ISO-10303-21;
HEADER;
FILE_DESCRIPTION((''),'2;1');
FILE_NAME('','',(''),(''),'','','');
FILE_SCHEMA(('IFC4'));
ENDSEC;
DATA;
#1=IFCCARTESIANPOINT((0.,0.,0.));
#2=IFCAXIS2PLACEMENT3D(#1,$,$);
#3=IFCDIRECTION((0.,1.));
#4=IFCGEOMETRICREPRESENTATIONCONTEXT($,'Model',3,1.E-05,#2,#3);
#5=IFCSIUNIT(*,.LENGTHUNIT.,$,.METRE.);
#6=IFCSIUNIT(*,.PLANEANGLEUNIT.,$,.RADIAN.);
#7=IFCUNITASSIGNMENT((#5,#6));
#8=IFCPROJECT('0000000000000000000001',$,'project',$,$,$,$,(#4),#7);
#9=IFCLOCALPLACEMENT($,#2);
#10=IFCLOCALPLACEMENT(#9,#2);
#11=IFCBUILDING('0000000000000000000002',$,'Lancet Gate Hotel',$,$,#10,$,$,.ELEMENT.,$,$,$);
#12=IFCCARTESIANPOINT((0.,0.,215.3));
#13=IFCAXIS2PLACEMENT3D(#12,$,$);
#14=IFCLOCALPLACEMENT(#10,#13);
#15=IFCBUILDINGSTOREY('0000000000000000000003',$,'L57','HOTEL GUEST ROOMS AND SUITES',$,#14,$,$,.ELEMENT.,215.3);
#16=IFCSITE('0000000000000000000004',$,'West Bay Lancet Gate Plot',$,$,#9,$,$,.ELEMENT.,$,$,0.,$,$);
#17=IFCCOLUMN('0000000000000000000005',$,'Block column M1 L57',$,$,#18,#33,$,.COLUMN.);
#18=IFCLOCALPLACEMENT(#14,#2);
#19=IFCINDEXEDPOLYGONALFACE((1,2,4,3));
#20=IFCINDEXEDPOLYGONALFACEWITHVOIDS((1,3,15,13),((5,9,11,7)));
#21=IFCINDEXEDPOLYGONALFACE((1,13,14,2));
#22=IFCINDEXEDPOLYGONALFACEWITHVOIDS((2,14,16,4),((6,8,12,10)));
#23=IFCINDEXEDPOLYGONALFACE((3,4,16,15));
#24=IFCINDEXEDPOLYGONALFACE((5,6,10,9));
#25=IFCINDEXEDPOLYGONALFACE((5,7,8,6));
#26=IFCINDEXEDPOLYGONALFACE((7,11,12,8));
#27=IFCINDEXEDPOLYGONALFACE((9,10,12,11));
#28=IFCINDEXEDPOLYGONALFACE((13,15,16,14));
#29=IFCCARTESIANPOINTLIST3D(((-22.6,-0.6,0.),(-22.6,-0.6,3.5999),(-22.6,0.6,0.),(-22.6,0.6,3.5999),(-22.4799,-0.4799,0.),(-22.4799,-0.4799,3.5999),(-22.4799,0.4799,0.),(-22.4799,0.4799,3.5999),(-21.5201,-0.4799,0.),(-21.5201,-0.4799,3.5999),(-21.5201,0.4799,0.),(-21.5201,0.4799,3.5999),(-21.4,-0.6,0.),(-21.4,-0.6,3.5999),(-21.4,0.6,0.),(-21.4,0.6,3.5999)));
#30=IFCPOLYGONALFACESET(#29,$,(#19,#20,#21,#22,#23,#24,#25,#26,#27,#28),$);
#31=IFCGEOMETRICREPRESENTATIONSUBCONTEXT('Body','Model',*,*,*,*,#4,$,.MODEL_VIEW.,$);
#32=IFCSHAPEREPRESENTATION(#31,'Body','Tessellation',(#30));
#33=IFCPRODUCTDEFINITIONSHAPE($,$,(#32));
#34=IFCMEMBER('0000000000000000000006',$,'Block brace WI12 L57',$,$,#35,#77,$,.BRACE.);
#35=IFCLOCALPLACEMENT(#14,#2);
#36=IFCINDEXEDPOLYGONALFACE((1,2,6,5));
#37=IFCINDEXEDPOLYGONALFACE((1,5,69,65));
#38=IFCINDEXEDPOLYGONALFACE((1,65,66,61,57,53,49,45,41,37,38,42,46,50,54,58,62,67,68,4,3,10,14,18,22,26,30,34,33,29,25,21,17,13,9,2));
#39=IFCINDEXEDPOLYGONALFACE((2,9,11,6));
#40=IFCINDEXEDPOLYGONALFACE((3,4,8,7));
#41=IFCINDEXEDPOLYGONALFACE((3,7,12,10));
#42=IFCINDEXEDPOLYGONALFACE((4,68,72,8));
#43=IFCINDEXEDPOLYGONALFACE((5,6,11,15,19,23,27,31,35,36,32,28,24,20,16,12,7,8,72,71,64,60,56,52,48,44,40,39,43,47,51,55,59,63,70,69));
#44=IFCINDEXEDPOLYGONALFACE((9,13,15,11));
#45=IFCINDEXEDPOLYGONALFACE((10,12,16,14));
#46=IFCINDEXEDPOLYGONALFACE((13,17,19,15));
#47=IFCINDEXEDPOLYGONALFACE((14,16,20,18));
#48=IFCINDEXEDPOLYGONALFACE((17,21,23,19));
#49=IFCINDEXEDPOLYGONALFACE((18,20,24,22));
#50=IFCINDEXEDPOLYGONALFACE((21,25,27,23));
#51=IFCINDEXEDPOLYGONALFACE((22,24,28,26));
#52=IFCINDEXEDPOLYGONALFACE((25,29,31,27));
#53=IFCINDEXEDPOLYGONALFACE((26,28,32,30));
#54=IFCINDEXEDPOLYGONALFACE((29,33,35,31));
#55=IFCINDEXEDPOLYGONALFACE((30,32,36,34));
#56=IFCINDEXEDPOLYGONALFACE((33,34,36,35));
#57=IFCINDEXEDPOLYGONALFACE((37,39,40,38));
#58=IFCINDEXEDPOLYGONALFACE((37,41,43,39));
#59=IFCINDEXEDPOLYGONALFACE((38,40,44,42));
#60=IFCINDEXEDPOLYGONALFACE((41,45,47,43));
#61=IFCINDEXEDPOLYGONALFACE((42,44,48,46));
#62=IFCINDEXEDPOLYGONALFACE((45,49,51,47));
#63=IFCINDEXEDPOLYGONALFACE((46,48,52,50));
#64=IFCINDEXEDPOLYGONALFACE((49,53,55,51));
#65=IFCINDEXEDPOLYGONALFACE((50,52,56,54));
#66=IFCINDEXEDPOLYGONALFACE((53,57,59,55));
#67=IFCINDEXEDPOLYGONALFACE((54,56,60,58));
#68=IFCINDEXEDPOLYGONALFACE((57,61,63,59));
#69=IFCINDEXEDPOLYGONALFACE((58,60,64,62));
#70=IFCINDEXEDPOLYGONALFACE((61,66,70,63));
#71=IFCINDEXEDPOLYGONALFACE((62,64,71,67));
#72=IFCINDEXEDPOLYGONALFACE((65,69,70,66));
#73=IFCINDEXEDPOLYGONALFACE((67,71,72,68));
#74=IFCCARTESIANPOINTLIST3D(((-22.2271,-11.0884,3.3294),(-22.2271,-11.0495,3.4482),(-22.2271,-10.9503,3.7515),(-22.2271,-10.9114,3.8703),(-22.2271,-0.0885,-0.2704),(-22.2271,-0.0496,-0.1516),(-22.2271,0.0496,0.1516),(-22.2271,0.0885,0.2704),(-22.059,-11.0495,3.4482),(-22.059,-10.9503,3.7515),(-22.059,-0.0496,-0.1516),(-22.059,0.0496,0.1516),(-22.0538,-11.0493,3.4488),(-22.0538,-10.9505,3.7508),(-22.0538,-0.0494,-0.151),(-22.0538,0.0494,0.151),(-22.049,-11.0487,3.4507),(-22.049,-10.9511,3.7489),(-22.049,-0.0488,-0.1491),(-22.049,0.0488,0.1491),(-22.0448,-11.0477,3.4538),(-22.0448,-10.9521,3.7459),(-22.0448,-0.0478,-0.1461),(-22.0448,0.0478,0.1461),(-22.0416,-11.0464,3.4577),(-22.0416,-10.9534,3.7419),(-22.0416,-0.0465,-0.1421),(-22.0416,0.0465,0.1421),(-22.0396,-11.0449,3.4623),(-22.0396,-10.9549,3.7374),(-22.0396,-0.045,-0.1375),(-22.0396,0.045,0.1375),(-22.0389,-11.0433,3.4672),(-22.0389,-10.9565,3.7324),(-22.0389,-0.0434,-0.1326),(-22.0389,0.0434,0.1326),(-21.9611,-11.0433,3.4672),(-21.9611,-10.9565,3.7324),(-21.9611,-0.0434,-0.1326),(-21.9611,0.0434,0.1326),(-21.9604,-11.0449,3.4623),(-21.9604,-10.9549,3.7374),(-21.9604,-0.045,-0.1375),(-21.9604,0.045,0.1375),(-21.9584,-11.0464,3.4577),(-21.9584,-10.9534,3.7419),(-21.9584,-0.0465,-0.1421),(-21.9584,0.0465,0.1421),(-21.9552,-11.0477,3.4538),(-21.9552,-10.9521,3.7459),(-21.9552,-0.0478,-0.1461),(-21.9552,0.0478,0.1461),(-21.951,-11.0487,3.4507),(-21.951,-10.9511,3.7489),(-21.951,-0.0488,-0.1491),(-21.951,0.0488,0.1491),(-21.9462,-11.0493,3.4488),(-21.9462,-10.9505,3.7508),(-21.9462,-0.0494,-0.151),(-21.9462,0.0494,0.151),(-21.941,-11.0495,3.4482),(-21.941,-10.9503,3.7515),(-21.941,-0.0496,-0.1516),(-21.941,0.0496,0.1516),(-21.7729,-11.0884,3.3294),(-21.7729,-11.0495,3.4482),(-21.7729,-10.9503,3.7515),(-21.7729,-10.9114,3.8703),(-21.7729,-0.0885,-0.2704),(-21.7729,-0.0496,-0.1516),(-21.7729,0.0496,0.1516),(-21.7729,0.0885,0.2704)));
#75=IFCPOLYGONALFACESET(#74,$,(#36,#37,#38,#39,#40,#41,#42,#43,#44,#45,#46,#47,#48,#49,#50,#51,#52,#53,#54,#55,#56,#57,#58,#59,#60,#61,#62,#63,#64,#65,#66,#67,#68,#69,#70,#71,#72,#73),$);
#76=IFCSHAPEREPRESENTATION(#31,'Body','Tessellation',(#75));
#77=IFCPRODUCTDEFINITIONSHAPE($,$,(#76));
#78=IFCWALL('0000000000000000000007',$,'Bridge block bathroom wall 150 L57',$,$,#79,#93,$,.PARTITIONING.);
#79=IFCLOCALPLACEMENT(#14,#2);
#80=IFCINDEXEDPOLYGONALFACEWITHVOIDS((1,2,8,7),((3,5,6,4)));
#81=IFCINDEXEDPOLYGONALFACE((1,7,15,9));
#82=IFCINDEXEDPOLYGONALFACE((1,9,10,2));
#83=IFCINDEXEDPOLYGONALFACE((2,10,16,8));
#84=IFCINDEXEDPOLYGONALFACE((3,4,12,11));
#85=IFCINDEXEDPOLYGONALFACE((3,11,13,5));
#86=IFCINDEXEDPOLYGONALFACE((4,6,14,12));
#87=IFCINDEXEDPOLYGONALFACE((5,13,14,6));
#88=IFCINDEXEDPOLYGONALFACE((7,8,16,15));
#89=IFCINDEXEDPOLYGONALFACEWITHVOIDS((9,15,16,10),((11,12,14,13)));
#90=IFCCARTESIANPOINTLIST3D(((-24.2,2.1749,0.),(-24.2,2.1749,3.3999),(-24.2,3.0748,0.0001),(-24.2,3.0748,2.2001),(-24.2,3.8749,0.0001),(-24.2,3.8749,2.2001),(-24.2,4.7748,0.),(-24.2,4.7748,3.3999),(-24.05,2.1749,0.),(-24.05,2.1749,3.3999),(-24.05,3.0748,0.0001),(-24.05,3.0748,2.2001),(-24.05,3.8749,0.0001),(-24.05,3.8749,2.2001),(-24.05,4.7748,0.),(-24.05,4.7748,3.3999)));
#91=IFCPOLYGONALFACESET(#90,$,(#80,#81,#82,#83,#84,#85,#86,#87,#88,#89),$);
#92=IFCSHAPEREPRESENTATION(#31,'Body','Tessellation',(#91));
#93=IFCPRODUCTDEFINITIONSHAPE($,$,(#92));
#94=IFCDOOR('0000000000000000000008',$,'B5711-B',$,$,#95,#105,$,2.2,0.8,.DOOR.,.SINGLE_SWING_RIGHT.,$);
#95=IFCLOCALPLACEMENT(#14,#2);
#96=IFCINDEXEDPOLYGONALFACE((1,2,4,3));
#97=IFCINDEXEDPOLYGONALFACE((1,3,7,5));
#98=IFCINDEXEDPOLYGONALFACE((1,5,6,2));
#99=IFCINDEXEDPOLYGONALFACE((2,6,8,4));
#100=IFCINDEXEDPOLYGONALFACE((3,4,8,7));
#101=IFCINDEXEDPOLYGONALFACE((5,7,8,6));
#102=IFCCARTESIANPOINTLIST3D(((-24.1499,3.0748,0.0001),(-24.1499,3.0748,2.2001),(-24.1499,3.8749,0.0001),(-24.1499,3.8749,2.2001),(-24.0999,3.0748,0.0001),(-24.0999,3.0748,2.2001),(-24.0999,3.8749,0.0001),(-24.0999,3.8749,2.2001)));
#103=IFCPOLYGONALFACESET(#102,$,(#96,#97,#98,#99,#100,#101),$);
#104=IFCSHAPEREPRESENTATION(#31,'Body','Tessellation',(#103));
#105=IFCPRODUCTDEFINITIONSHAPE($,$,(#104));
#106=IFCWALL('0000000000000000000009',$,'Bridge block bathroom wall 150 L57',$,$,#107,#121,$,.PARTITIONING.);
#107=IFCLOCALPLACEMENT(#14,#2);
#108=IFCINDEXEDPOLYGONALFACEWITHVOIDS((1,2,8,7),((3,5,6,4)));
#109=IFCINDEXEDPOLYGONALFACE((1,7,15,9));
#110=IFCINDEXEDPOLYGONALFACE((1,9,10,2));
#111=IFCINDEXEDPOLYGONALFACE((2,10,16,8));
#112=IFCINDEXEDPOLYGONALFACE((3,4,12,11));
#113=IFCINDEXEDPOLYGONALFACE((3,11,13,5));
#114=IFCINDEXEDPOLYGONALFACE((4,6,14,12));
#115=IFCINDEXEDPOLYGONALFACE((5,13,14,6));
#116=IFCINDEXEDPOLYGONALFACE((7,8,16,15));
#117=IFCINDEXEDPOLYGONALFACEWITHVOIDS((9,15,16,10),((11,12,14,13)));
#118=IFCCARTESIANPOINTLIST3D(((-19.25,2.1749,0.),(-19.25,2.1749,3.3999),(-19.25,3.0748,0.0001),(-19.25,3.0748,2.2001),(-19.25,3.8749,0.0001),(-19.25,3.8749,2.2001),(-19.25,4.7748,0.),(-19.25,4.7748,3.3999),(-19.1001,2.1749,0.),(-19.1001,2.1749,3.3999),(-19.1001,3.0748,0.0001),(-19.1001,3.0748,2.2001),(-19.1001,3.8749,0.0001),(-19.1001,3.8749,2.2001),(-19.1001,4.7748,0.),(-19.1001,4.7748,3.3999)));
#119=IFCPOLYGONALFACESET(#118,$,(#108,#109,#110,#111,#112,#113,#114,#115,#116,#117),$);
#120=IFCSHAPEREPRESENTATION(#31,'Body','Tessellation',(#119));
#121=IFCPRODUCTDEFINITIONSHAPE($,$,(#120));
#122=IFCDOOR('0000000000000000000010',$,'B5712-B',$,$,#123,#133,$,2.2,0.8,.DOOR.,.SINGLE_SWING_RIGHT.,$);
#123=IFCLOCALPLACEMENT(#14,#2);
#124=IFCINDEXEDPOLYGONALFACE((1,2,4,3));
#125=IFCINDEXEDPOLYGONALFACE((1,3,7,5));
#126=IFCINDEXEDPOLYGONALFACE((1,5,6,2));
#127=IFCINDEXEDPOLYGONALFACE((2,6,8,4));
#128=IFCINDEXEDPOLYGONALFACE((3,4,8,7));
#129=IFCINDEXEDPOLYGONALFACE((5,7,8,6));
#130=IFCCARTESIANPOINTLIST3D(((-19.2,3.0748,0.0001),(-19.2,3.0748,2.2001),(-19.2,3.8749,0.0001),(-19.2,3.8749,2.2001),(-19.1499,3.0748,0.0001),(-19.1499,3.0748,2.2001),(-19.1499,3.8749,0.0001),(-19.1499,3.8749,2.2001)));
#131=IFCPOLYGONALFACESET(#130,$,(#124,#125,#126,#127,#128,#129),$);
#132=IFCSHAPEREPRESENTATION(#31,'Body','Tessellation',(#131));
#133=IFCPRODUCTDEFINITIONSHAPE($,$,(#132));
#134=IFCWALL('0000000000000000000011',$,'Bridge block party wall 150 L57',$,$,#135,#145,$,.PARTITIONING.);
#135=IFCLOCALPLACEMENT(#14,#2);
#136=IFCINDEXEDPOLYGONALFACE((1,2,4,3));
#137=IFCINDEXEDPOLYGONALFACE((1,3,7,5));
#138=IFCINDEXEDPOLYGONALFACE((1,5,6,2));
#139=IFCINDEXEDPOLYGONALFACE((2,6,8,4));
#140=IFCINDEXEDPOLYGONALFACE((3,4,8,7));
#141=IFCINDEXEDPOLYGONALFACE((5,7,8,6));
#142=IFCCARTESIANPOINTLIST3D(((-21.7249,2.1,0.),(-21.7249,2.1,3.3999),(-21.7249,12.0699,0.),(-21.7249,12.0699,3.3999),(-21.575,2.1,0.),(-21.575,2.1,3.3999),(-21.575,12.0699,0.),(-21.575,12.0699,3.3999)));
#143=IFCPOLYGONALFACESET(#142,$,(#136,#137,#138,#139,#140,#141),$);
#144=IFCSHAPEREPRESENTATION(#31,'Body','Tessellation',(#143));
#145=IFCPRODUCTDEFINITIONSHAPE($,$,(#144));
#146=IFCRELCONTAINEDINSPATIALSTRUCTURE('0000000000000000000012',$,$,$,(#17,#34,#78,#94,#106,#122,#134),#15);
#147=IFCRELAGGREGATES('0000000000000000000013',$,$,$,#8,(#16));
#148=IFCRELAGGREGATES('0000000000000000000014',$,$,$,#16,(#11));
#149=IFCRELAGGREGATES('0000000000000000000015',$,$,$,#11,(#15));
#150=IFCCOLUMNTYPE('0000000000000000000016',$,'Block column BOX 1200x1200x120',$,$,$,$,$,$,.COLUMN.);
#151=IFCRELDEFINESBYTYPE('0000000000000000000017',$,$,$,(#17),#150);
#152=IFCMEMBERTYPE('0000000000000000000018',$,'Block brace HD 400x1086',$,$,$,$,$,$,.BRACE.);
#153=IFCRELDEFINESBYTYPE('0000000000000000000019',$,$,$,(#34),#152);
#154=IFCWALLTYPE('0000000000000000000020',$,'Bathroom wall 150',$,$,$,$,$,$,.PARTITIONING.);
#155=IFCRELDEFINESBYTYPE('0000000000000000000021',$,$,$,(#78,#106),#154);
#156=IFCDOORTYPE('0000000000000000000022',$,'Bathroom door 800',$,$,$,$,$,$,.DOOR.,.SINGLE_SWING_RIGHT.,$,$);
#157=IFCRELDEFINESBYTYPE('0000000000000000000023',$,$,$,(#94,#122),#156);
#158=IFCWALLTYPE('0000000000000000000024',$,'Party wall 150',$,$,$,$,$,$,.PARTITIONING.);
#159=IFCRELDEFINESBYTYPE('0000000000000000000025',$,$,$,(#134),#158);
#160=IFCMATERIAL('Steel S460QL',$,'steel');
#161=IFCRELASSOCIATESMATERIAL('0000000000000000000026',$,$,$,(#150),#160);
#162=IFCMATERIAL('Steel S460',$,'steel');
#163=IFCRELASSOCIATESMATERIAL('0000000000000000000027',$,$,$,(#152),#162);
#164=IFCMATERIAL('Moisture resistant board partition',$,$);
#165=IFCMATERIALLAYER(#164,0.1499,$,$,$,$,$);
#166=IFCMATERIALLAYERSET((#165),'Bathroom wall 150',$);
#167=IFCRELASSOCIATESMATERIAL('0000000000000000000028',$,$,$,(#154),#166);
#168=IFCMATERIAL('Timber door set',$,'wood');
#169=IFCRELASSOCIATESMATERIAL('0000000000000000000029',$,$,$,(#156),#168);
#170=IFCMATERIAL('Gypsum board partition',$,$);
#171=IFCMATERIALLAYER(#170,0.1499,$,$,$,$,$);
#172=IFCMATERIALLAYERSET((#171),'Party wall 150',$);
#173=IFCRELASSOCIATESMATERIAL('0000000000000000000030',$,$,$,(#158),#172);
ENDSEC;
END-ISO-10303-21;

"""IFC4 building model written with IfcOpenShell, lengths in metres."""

from ifc_helpers import new_model, si_unit, direction, frame, frame_2d, origin, origin_2d, place, context, subcontext, project, spatial, rectangle, hollow_rectangle, i_section, extrude, material, layer, layer_set, material_profile, profile_set, type_object, element, fill, save


model = new_model("IFC4")

# Units and contexts
model_context = context("Model", 3, precision=1e-05, world=origin(), true_north=direction((0.0, 1.0)))
body_context = subcontext(model_context, "Body", "Model", "MODEL_VIEW")
ifc_project = project(units=[si_unit("LENGTHUNIT", "METRE"), si_unit("PLANEANGLEUNIT", "RADIAN")], contexts=[model_context])

# Site, building, storey
site_placement = place(None, origin())
site = spatial("IfcSite", under=ifc_project, at=site_placement, Name="West Bay Lancet Gate Plot", CompositionType="ELEMENT", RefElevation=0.0)
building_placement = place(site_placement, origin())
building = spatial("IfcBuilding", under=site, at=building_placement, Name="Lancet Gate Hotel", CompositionType="ELEMENT")
storey_placement = place(building_placement, frame((0.0, 0.0, 215.3)))
storey = spatial("IfcBuildingStorey", under=building, at=storey_placement, Name="L57", Description="HOTEL GUEST ROOMS AND SUITES", CompositionType="ELEMENT", Elevation=215.3)

# Column
ifc_material_1 = material(Name="Steel S460QL", Category="steel")
ifc_material_profile_1 = material_profile(ifc_material_1, hollow_rectangle(XDim=1.2, YDim=1.2, WallThickness=0.1201, at=origin_2d()), Name="BOX 1200x1200x120")
ifc_profile_set_1 = profile_set([ifc_material_profile_1], Name="Steel S460QL")
column_type = type_object("IfcColumnType", Name="Block column BOX 1200x1200x120", PredefinedType="COLUMN", material=ifc_profile_set_1)
column_placement = place(storey_placement, frame((-22.0, 0.0, 0.0), z_axis=(0.0, 0.0, 1.0), x_axis=(1.0, 0.0, 0.0)))
element("IfcColumn", 1, at=column_placement, inside=storey, type_object=column_type, Name="Block column M1 L57", PredefinedType="COLUMN", context=body_context, shape_type="SweptSolid", body=[
    extrude(hollow_rectangle(XDim=1.2, YDim=1.2, WallThickness=0.1201, at=origin_2d()), origin(), (0.0, 0.0, 1.0), 3.5999),
])

# Member
ifc_material_2 = material(Name="Steel S460", Category="steel")
ifc_material_profile_2 = material_profile(ifc_material_2, i_section(OverallWidth=0.4541, OverallDepth=0.5691, WebThickness=0.0779, FlangeThickness=0.125, FilletRadius=0.02, at=origin_2d()), Name="HD 400x1086")
ifc_profile_set_2 = profile_set([ifc_material_profile_2], Name="Steel S460")
member_type = type_object("IfcMemberType", Name="Block brace HD 400x1086", PredefinedType="BRACE", material=ifc_profile_set_2)
member_placement = place(storey_placement, frame((-22.0, 0.0, 0.0), z_axis=(0.0, -0.950401, 0.311028), x_axis=(1.0, 0.0, 0.0)))
element("IfcMember", 2, at=member_placement, inside=storey, type_object=member_type, Name="Block brace WI12 L57", PredefinedType="BRACE", context=body_context, shape_type="SweptSolid", body=[
    extrude(i_section(OverallWidth=0.4541, OverallDepth=0.5691, WebThickness=0.0779, FlangeThickness=0.125, FilletRadius=0.02, at=origin_2d()), origin(), (0.0, 0.0, 1.0), 11.574),
])

# Walls, openings, doors
ifc_material_3 = material(Name="Moisture resistant board partition")
ifc_layer_1 = layer(ifc_material_3, 0.1499)
ifc_layer_set_1 = layer_set([ifc_layer_1], Name="Bathroom wall 150")
wall_type_1 = type_object("IfcWallType", Name="Bathroom wall 150", PredefinedType="PARTITIONING", material=ifc_layer_set_1)
wall_1_placement = place(storey_placement, frame((-24.125, 2.175, 0.0), z_axis=(0.0, 0.0, 1.0), x_axis=(0.0, 1.0, 0.0)))
wall_1 = element("IfcWall", 3, at=wall_1_placement, inside=storey, type_object=wall_type_1, Name="Bridge block bathroom wall 150 L57", PredefinedType="PARTITIONING", context=body_context, shape_type="SweptSolid", body=[
    extrude(rectangle(XDim=2.5999, YDim=0.1499, at=frame_2d((1.2998, 0.0))), origin(), (0.0, 0.0, 1.0), 3.3999),
])
opening_1_placement = place(wall_1_placement, frame((0.8999, 0.0, 0.0)))
opening_1 = element("IfcOpeningElement", 4, at=opening_1_placement, cuts=wall_1, PredefinedType="OPENING", context=body_context, shape_type="SweptSolid", body=[
    extrude(rectangle(XDim=0.8, YDim=2.2, at=frame_2d((0.3999, 1.1001))), frame((0.0, 0.085, 0.0), z_axis=(0.0, -1.0, 0.0), x_axis=(1.0, 0.0, 0.0)), (0.0, 0.0, 1.0), 0.1699),
])
ifc_material_4 = material(Name="Timber door set", Category="wood")
door_type = type_object("IfcDoorType", Name="Bathroom door 800", OperationType="SINGLE_SWING_RIGHT", PredefinedType="DOOR", material=ifc_material_4)
door_1_placement = place(opening_1_placement, origin())
door_1 = element("IfcDoor", 5, at=door_1_placement, inside=storey, type_object=door_type, Name="B5711-B", OperationType="SINGLE_SWING_RIGHT", OverallHeight=2.2, OverallWidth=0.8, PredefinedType="DOOR", context=body_context, shape_type="SweptSolid", body=[
    extrude(rectangle(XDim=0.8, YDim=2.2, at=frame_2d((0.3999, 1.1001))), frame((0.0, 0.0249, 0.0), z_axis=(0.0, -1.0, 0.0), x_axis=(1.0, 0.0, 0.0)), (0.0, 0.0, 1.0), 0.05),
])
fill(opening_1, door_1)
wall_2_placement = place(storey_placement, frame((-19.175, 2.175, 0.0), z_axis=(0.0, 0.0, 1.0), x_axis=(0.0, 1.0, 0.0)))
wall_2 = element("IfcWall", 6, at=wall_2_placement, inside=storey, type_object=wall_type_1, Name="Bridge block bathroom wall 150 L57", PredefinedType="PARTITIONING", context=body_context, shape_type="SweptSolid", body=[
    extrude(rectangle(XDim=2.5999, YDim=0.1499, at=frame_2d((1.2998, 0.0))), origin(), (0.0, 0.0, 1.0), 3.3999),
])
opening_2_placement = place(wall_2_placement, frame((0.8999, 0.0, 0.0)))
opening_2 = element("IfcOpeningElement", 7, at=opening_2_placement, cuts=wall_2, PredefinedType="OPENING", context=body_context, shape_type="SweptSolid", body=[
    extrude(rectangle(XDim=0.8, YDim=2.2, at=frame_2d((0.3999, 1.1001))), frame((0.0, 0.085, 0.0), z_axis=(0.0, -1.0, 0.0), x_axis=(1.0, 0.0, 0.0)), (0.0, 0.0, 1.0), 0.1699),
])
door_2_placement = place(opening_2_placement, origin())
door_2 = element("IfcDoor", 8, at=door_2_placement, inside=storey, type_object=door_type, Name="B5712-B", OperationType="SINGLE_SWING_RIGHT", OverallHeight=2.2, OverallWidth=0.8, PredefinedType="DOOR", context=body_context, shape_type="SweptSolid", body=[
    extrude(rectangle(XDim=0.8, YDim=2.2, at=frame_2d((0.3999, 1.1001))), frame((0.0, 0.0249, 0.0), z_axis=(0.0, -1.0, 0.0), x_axis=(1.0, 0.0, 0.0)), (0.0, 0.0, 1.0), 0.05),
])
fill(opening_2, door_2)

# Wall
ifc_material_5 = material(Name="Gypsum board partition")
ifc_layer_2 = layer(ifc_material_5, 0.1499)
ifc_layer_set_2 = layer_set([ifc_layer_2], Name="Party wall 150")
wall_type_2 = type_object("IfcWallType", Name="Party wall 150", PredefinedType="PARTITIONING", material=ifc_layer_set_2)
wall_3_placement = place(storey_placement, frame((-21.6499, 2.1001, 0.0), z_axis=(0.0, 0.0, 1.0), x_axis=(0.0, 1.0, 0.0)))
element("IfcWall", 9, at=wall_3_placement, inside=storey, type_object=wall_type_2, Name="Bridge block party wall 150 L57", PredefinedType="PARTITIONING", context=body_context, shape_type="SweptSolid", body=[
    extrude(rectangle(XDim=9.97, YDim=0.1499, at=frame_2d((4.9849, 0.0))), origin(), (0.0, 0.0, 1.0), 3.3999),
])

save(model, "model.ifc")
